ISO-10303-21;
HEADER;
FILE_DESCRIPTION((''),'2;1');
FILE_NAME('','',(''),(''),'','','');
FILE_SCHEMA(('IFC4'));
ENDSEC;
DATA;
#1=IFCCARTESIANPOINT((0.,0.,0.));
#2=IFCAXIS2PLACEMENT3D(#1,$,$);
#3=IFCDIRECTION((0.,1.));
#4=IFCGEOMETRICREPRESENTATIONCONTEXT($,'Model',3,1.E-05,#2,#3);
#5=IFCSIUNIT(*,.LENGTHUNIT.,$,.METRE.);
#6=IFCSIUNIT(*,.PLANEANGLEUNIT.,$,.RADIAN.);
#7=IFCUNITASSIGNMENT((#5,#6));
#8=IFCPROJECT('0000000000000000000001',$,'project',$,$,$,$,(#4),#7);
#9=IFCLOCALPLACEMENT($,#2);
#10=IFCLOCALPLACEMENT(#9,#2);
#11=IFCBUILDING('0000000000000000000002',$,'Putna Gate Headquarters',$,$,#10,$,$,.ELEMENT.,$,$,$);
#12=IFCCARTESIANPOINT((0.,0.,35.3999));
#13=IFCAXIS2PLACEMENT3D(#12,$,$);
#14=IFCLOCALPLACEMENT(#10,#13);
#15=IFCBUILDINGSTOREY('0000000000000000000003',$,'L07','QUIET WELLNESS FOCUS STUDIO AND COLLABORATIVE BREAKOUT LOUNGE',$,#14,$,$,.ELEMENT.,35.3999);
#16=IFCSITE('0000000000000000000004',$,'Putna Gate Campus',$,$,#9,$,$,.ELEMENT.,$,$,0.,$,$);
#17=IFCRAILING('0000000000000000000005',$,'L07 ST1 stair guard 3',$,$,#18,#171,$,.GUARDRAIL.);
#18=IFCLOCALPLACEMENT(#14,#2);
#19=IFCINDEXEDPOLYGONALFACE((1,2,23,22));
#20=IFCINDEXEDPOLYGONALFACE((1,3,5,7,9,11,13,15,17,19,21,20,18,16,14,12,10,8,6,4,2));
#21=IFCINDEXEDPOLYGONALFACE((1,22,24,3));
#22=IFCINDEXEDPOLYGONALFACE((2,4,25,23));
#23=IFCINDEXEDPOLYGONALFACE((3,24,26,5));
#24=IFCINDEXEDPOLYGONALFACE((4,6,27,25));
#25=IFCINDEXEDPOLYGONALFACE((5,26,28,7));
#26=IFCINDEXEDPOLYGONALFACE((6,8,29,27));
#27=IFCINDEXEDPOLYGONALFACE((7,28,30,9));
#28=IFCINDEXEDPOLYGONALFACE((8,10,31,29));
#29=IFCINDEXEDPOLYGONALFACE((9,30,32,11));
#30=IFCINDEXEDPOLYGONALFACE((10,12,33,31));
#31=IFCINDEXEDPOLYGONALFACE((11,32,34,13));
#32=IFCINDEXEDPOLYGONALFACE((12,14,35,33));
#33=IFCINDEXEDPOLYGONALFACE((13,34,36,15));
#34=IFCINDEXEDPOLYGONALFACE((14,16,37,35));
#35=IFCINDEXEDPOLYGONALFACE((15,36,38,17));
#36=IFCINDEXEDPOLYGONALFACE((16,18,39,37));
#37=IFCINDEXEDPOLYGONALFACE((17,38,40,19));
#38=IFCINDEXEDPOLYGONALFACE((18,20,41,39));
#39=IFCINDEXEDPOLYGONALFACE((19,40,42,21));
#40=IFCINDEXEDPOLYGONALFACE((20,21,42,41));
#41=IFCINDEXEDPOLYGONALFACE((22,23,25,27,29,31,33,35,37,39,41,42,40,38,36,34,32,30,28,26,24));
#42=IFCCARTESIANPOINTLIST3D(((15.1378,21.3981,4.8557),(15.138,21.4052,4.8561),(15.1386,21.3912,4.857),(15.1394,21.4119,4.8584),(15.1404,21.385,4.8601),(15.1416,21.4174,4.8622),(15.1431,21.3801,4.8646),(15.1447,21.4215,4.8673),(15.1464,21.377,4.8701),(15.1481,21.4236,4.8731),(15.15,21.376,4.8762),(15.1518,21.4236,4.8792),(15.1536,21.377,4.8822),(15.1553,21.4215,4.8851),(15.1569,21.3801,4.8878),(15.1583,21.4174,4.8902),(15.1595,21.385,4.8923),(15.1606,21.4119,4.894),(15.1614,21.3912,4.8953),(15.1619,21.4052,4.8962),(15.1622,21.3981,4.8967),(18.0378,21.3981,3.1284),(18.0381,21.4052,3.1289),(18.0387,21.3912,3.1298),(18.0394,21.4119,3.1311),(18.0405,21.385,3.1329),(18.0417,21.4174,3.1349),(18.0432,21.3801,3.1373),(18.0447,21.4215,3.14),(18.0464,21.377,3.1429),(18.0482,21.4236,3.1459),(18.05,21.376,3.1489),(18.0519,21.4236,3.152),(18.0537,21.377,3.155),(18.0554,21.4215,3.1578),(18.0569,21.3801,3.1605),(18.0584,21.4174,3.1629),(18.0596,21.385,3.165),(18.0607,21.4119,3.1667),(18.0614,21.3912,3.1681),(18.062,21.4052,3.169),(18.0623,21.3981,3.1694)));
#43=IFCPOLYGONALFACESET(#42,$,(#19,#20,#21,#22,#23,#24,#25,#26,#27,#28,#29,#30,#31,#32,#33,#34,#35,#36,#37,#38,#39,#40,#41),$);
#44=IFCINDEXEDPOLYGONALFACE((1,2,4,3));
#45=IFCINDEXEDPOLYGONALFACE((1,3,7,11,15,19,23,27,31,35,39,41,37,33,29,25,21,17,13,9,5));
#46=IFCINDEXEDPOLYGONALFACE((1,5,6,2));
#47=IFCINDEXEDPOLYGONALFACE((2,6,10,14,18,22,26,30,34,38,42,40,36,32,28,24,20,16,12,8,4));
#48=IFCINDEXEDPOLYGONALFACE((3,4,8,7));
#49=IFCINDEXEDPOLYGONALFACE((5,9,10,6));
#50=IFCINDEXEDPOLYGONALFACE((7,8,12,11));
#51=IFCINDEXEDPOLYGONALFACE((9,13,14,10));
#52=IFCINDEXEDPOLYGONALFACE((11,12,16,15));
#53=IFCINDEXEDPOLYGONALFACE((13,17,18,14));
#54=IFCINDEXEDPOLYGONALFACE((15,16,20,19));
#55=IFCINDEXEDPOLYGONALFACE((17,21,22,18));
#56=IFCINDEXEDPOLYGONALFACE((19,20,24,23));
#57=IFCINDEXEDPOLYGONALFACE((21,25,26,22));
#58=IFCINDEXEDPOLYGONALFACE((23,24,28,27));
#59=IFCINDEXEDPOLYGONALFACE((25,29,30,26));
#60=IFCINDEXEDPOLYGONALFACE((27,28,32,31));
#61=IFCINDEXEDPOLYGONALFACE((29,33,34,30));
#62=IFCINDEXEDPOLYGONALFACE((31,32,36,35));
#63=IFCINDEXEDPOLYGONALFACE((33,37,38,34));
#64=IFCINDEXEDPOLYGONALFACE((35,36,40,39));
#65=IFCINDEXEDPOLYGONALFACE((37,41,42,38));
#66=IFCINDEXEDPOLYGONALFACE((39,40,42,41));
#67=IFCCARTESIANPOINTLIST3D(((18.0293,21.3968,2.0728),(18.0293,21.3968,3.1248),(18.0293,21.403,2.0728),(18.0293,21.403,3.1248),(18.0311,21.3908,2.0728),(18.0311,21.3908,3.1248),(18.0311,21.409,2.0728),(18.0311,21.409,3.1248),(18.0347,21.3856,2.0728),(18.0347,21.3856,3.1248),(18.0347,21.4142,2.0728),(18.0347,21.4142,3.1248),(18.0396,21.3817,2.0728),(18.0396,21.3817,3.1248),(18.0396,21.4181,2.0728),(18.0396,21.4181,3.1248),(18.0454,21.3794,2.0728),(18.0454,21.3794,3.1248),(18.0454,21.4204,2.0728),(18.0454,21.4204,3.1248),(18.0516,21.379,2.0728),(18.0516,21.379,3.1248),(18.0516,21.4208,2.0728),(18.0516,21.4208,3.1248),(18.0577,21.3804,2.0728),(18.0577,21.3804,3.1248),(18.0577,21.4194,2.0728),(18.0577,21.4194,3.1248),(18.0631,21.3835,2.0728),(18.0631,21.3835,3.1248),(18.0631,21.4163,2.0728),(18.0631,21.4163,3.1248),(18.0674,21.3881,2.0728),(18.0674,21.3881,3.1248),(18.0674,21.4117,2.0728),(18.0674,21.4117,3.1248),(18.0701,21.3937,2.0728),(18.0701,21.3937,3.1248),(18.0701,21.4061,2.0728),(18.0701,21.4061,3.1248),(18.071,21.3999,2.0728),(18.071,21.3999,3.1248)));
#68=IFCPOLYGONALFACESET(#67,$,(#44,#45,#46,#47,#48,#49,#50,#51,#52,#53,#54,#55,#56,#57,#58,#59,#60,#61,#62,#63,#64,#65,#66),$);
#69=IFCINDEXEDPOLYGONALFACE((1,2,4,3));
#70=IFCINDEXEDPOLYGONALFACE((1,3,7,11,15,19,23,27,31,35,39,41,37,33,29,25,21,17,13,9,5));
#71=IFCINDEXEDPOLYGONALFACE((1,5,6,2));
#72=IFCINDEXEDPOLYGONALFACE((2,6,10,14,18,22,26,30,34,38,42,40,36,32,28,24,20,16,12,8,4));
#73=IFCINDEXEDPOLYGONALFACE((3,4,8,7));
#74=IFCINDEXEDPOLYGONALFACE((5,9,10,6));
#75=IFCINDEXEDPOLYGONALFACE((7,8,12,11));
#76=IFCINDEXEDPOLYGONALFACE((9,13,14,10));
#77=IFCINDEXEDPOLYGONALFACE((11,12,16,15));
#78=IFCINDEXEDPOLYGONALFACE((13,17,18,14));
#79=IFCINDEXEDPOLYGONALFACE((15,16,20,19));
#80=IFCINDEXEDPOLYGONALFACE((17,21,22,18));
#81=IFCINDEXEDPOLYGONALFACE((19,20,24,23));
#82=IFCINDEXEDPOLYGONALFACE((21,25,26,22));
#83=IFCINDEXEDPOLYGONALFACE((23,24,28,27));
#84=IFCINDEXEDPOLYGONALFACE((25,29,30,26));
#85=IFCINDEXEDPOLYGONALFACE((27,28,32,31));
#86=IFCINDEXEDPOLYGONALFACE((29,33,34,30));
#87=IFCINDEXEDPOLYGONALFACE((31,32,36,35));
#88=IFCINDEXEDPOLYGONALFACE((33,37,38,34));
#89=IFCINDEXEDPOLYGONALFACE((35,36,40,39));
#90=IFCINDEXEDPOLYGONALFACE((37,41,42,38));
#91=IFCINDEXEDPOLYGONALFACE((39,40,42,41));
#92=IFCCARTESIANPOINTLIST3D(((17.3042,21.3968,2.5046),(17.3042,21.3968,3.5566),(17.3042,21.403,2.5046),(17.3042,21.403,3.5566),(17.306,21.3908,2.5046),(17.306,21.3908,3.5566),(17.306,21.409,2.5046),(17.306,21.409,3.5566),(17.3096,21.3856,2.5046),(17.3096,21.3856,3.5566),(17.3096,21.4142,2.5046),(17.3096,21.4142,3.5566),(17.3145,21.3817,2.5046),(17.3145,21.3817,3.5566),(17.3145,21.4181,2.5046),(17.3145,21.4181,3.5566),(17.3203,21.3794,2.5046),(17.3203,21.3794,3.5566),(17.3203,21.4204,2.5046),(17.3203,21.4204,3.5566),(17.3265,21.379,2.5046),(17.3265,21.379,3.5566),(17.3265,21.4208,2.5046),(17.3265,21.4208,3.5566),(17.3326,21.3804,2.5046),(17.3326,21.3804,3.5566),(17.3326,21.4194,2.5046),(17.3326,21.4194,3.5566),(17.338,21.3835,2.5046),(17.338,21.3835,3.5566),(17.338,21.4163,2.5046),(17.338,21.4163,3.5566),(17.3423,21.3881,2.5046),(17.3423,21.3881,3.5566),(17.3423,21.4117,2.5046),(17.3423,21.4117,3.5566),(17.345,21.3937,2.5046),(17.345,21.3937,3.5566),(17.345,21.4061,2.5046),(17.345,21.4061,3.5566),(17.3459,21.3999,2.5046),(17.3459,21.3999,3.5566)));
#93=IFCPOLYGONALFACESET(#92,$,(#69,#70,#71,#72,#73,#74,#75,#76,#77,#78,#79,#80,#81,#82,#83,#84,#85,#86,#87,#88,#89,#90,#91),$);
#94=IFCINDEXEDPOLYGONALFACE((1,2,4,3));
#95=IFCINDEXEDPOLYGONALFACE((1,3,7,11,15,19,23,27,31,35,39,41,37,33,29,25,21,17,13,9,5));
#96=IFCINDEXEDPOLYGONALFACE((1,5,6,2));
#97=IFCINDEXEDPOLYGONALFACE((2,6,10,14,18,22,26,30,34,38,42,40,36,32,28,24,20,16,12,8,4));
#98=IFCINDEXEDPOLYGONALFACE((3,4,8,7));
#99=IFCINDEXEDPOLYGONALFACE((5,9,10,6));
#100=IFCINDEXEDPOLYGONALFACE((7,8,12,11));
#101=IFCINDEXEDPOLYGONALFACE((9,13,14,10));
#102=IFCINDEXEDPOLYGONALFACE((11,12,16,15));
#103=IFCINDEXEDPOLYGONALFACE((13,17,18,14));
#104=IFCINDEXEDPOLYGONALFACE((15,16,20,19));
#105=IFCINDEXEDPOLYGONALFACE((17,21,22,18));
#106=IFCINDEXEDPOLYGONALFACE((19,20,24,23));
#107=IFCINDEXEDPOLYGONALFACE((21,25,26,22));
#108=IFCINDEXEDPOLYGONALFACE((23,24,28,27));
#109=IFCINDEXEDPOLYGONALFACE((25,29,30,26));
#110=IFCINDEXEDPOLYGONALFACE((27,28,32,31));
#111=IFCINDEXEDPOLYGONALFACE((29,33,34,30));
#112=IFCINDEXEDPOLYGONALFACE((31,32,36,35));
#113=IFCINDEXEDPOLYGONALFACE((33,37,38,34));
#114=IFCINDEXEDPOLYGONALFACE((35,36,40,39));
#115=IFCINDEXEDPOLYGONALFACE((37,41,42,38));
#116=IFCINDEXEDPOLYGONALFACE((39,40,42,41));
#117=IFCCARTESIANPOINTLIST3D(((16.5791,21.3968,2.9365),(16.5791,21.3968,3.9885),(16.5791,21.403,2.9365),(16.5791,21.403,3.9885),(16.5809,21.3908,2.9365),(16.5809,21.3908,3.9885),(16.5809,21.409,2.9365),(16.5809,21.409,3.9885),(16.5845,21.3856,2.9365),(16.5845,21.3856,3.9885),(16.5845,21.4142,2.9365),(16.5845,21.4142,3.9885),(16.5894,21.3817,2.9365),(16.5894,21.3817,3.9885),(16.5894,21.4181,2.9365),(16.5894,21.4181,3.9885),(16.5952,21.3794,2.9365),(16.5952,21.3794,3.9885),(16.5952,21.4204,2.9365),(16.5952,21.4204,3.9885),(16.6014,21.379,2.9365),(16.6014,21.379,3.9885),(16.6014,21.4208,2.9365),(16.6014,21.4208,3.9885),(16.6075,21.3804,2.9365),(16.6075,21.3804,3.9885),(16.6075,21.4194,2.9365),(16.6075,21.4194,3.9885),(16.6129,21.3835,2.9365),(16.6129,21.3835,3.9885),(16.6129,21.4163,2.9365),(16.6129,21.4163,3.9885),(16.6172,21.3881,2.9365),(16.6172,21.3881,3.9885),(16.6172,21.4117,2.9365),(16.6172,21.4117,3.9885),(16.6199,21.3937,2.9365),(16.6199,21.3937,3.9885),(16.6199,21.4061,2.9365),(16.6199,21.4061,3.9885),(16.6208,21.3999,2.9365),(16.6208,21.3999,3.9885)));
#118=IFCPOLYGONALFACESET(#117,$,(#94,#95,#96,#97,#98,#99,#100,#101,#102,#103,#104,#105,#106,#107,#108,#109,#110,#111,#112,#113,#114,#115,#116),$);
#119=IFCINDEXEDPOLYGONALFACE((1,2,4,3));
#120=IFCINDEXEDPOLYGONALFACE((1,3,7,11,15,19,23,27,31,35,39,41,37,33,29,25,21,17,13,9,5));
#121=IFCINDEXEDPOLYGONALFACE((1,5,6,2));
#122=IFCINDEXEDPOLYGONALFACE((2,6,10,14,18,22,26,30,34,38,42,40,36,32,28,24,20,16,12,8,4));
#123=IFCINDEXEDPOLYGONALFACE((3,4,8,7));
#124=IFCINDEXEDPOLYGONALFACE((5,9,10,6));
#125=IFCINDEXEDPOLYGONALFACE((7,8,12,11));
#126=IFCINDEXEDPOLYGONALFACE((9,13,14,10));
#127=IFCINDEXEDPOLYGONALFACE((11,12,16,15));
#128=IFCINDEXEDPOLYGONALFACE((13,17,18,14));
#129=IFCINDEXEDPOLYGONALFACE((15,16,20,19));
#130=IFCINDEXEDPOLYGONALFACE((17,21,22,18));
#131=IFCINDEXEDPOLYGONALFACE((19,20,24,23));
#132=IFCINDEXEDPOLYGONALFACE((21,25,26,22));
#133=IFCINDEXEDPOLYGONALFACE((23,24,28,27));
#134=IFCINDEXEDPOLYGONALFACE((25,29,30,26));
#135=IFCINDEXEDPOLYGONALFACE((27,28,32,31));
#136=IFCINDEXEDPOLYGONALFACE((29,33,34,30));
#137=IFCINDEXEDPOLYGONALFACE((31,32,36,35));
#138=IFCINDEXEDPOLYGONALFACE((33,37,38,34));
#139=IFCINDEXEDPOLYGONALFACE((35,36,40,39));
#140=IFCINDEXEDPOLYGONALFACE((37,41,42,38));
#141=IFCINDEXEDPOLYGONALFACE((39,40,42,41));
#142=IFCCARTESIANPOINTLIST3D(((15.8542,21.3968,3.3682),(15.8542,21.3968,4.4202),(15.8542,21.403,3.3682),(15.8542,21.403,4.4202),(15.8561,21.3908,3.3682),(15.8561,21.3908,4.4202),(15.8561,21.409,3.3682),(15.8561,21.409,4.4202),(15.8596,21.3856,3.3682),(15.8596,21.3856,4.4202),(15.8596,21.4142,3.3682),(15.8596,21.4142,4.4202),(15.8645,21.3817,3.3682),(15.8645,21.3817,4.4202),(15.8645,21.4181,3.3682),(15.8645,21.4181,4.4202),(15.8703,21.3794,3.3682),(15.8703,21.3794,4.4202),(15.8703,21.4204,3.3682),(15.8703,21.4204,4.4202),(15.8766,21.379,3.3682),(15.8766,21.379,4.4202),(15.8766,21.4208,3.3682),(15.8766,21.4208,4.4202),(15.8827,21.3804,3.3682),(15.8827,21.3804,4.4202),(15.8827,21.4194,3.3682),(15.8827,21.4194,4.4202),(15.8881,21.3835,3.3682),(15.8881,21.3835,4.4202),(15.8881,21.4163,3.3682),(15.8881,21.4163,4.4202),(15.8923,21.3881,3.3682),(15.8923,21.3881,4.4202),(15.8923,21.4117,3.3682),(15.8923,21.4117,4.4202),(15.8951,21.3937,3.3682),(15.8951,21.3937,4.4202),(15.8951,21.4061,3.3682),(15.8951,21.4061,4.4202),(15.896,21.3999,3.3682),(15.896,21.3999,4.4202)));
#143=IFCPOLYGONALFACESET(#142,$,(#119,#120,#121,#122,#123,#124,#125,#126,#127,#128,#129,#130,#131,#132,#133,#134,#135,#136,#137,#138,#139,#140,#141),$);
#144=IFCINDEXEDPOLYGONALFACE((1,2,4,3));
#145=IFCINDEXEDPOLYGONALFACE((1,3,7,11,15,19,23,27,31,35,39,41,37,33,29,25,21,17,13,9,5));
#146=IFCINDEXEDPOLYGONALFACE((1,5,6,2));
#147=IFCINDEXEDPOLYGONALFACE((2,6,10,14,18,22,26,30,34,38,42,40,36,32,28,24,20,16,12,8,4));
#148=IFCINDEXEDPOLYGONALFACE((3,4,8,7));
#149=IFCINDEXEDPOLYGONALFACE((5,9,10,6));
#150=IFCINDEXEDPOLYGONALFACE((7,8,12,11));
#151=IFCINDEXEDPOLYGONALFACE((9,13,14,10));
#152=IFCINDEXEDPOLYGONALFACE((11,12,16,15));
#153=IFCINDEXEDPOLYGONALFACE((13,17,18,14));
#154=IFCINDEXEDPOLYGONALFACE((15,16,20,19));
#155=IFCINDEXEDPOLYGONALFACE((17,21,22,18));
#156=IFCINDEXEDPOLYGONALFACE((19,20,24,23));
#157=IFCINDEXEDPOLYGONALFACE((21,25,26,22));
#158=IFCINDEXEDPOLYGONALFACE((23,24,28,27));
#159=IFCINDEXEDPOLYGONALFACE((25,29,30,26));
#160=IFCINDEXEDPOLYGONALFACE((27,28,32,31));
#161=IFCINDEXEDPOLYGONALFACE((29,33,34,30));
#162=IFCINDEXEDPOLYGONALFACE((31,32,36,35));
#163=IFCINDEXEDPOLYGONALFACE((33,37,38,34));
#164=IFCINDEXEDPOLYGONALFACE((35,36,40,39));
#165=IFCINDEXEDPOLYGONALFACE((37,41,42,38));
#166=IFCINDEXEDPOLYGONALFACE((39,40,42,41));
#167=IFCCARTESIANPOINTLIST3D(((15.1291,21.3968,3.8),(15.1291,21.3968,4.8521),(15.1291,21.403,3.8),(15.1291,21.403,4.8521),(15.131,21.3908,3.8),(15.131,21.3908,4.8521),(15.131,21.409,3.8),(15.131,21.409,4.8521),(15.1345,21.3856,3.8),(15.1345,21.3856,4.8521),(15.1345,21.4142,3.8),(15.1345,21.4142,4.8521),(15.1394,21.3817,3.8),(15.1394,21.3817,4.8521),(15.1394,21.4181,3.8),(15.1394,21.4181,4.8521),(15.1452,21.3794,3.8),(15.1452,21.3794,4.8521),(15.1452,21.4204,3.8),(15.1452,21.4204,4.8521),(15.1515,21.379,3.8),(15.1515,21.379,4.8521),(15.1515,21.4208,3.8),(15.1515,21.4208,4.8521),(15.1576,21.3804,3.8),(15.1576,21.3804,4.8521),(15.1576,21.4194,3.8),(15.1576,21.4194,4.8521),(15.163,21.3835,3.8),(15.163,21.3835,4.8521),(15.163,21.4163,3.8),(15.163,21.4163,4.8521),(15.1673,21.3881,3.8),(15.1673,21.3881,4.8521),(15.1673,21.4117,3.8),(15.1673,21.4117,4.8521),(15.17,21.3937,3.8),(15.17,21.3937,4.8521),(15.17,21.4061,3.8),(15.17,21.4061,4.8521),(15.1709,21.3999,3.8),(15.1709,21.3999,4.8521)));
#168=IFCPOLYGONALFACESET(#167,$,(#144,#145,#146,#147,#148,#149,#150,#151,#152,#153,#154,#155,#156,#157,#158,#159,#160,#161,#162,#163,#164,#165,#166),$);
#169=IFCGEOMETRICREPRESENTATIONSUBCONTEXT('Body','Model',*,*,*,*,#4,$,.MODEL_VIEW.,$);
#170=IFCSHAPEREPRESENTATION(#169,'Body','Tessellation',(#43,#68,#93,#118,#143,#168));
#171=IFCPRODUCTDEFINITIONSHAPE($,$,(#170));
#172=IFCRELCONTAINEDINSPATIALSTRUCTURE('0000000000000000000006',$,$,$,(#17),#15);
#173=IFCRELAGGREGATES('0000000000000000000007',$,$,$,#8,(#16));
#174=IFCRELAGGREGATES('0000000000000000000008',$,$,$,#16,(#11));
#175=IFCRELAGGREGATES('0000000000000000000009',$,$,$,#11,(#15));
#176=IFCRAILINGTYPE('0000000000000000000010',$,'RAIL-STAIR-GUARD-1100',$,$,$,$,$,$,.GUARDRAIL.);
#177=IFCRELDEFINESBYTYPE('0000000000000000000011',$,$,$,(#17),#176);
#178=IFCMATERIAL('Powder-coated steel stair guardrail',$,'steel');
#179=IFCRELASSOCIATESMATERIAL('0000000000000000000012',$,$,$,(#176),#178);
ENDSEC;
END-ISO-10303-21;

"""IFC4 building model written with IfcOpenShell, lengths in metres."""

from ifc_helpers import new_model, si_unit, direction, frame, origin, origin_2d, place, context, subcontext, project, spatial, circle, extrude, material, type_object, element, save


model = new_model("IFC4")

# Units and contexts
model_context = context("Model", 3, precision=1e-05, world=origin(), true_north=direction((0.0, 1.0)))
body_context = subcontext(model_context, "Body", "Model", "MODEL_VIEW")
ifc_project = project(units=[si_unit("LENGTHUNIT", "METRE"), si_unit("PLANEANGLEUNIT", "RADIAN")], contexts=[model_context])

# Site, building, storey
site_placement = place(None, origin())
site = spatial("IfcSite", under=ifc_project, at=site_placement, Name="Putna Gate Campus", CompositionType="ELEMENT", RefElevation=0.0)
building_placement = place(site_placement, origin())
building = spatial("IfcBuilding", under=site, at=building_placement, Name="Putna Gate Headquarters", CompositionType="ELEMENT")
storey_placement = place(building_placement, frame((0.0, 0.0, 35.3999)))
storey = spatial("IfcBuildingStorey", under=building, at=storey_placement, Name="L07", Description="QUIET WELLNESS FOCUS STUDIO AND COLLABORATIVE BREAKOUT LOUNGE", CompositionType="ELEMENT", Elevation=35.3999)

# Railing
ifc_material_1 = material(Name="Powder-coated steel stair guardrail", Category="steel")
railing_type_1 = type_object("IfcRailingType", Name="RAIL-STAIR-GUARD-1100", PredefinedType="GUARDRAIL", material=ifc_material_1)
railing_1_placement = place(storey_placement, frame((18.05, 21.3999, 2.0728)))
element("IfcRailing", 1, at=railing_1_placement, inside=storey, type_object=railing_type_1, Name="L07 ST1 stair guard 3", PredefinedType="GUARDRAIL", context=body_context, shape_type="SweptSolid", body=[
    extrude(circle(Radius=0.0239, at=origin_2d()), frame((0.0, 0.0, 1.0762), z_axis=(-0.85916, 0.0, 0.511706), x_axis=(0.0, -1.0, 0.0)), (0.0, 0.0, 1.0), 3.3755),
    extrude(circle(Radius=0.021, at=origin_2d()), origin(), (0.0, 0.0, 1.0), 1.052),
    extrude(circle(Radius=0.021, at=origin_2d()), frame((-0.7251, 0.0, 0.4319)), (0.0, 0.0, 1.0), 1.052),
    extrude(circle(Radius=0.021, at=origin_2d()), frame((-1.4502, 0.0, 0.8638)), (0.0, 0.0, 1.0), 1.052),
    extrude(circle(Radius=0.021, at=origin_2d()), frame((-2.175, 0.0, 1.2954)), (0.0, 0.0, 1.0), 1.052),
    extrude(circle(Radius=0.021, at=origin_2d()), frame((-2.9001, 0.0, 1.7273)), (0.0, 0.0, 1.0), 1.052),
])

save(model, "model.ifc")
